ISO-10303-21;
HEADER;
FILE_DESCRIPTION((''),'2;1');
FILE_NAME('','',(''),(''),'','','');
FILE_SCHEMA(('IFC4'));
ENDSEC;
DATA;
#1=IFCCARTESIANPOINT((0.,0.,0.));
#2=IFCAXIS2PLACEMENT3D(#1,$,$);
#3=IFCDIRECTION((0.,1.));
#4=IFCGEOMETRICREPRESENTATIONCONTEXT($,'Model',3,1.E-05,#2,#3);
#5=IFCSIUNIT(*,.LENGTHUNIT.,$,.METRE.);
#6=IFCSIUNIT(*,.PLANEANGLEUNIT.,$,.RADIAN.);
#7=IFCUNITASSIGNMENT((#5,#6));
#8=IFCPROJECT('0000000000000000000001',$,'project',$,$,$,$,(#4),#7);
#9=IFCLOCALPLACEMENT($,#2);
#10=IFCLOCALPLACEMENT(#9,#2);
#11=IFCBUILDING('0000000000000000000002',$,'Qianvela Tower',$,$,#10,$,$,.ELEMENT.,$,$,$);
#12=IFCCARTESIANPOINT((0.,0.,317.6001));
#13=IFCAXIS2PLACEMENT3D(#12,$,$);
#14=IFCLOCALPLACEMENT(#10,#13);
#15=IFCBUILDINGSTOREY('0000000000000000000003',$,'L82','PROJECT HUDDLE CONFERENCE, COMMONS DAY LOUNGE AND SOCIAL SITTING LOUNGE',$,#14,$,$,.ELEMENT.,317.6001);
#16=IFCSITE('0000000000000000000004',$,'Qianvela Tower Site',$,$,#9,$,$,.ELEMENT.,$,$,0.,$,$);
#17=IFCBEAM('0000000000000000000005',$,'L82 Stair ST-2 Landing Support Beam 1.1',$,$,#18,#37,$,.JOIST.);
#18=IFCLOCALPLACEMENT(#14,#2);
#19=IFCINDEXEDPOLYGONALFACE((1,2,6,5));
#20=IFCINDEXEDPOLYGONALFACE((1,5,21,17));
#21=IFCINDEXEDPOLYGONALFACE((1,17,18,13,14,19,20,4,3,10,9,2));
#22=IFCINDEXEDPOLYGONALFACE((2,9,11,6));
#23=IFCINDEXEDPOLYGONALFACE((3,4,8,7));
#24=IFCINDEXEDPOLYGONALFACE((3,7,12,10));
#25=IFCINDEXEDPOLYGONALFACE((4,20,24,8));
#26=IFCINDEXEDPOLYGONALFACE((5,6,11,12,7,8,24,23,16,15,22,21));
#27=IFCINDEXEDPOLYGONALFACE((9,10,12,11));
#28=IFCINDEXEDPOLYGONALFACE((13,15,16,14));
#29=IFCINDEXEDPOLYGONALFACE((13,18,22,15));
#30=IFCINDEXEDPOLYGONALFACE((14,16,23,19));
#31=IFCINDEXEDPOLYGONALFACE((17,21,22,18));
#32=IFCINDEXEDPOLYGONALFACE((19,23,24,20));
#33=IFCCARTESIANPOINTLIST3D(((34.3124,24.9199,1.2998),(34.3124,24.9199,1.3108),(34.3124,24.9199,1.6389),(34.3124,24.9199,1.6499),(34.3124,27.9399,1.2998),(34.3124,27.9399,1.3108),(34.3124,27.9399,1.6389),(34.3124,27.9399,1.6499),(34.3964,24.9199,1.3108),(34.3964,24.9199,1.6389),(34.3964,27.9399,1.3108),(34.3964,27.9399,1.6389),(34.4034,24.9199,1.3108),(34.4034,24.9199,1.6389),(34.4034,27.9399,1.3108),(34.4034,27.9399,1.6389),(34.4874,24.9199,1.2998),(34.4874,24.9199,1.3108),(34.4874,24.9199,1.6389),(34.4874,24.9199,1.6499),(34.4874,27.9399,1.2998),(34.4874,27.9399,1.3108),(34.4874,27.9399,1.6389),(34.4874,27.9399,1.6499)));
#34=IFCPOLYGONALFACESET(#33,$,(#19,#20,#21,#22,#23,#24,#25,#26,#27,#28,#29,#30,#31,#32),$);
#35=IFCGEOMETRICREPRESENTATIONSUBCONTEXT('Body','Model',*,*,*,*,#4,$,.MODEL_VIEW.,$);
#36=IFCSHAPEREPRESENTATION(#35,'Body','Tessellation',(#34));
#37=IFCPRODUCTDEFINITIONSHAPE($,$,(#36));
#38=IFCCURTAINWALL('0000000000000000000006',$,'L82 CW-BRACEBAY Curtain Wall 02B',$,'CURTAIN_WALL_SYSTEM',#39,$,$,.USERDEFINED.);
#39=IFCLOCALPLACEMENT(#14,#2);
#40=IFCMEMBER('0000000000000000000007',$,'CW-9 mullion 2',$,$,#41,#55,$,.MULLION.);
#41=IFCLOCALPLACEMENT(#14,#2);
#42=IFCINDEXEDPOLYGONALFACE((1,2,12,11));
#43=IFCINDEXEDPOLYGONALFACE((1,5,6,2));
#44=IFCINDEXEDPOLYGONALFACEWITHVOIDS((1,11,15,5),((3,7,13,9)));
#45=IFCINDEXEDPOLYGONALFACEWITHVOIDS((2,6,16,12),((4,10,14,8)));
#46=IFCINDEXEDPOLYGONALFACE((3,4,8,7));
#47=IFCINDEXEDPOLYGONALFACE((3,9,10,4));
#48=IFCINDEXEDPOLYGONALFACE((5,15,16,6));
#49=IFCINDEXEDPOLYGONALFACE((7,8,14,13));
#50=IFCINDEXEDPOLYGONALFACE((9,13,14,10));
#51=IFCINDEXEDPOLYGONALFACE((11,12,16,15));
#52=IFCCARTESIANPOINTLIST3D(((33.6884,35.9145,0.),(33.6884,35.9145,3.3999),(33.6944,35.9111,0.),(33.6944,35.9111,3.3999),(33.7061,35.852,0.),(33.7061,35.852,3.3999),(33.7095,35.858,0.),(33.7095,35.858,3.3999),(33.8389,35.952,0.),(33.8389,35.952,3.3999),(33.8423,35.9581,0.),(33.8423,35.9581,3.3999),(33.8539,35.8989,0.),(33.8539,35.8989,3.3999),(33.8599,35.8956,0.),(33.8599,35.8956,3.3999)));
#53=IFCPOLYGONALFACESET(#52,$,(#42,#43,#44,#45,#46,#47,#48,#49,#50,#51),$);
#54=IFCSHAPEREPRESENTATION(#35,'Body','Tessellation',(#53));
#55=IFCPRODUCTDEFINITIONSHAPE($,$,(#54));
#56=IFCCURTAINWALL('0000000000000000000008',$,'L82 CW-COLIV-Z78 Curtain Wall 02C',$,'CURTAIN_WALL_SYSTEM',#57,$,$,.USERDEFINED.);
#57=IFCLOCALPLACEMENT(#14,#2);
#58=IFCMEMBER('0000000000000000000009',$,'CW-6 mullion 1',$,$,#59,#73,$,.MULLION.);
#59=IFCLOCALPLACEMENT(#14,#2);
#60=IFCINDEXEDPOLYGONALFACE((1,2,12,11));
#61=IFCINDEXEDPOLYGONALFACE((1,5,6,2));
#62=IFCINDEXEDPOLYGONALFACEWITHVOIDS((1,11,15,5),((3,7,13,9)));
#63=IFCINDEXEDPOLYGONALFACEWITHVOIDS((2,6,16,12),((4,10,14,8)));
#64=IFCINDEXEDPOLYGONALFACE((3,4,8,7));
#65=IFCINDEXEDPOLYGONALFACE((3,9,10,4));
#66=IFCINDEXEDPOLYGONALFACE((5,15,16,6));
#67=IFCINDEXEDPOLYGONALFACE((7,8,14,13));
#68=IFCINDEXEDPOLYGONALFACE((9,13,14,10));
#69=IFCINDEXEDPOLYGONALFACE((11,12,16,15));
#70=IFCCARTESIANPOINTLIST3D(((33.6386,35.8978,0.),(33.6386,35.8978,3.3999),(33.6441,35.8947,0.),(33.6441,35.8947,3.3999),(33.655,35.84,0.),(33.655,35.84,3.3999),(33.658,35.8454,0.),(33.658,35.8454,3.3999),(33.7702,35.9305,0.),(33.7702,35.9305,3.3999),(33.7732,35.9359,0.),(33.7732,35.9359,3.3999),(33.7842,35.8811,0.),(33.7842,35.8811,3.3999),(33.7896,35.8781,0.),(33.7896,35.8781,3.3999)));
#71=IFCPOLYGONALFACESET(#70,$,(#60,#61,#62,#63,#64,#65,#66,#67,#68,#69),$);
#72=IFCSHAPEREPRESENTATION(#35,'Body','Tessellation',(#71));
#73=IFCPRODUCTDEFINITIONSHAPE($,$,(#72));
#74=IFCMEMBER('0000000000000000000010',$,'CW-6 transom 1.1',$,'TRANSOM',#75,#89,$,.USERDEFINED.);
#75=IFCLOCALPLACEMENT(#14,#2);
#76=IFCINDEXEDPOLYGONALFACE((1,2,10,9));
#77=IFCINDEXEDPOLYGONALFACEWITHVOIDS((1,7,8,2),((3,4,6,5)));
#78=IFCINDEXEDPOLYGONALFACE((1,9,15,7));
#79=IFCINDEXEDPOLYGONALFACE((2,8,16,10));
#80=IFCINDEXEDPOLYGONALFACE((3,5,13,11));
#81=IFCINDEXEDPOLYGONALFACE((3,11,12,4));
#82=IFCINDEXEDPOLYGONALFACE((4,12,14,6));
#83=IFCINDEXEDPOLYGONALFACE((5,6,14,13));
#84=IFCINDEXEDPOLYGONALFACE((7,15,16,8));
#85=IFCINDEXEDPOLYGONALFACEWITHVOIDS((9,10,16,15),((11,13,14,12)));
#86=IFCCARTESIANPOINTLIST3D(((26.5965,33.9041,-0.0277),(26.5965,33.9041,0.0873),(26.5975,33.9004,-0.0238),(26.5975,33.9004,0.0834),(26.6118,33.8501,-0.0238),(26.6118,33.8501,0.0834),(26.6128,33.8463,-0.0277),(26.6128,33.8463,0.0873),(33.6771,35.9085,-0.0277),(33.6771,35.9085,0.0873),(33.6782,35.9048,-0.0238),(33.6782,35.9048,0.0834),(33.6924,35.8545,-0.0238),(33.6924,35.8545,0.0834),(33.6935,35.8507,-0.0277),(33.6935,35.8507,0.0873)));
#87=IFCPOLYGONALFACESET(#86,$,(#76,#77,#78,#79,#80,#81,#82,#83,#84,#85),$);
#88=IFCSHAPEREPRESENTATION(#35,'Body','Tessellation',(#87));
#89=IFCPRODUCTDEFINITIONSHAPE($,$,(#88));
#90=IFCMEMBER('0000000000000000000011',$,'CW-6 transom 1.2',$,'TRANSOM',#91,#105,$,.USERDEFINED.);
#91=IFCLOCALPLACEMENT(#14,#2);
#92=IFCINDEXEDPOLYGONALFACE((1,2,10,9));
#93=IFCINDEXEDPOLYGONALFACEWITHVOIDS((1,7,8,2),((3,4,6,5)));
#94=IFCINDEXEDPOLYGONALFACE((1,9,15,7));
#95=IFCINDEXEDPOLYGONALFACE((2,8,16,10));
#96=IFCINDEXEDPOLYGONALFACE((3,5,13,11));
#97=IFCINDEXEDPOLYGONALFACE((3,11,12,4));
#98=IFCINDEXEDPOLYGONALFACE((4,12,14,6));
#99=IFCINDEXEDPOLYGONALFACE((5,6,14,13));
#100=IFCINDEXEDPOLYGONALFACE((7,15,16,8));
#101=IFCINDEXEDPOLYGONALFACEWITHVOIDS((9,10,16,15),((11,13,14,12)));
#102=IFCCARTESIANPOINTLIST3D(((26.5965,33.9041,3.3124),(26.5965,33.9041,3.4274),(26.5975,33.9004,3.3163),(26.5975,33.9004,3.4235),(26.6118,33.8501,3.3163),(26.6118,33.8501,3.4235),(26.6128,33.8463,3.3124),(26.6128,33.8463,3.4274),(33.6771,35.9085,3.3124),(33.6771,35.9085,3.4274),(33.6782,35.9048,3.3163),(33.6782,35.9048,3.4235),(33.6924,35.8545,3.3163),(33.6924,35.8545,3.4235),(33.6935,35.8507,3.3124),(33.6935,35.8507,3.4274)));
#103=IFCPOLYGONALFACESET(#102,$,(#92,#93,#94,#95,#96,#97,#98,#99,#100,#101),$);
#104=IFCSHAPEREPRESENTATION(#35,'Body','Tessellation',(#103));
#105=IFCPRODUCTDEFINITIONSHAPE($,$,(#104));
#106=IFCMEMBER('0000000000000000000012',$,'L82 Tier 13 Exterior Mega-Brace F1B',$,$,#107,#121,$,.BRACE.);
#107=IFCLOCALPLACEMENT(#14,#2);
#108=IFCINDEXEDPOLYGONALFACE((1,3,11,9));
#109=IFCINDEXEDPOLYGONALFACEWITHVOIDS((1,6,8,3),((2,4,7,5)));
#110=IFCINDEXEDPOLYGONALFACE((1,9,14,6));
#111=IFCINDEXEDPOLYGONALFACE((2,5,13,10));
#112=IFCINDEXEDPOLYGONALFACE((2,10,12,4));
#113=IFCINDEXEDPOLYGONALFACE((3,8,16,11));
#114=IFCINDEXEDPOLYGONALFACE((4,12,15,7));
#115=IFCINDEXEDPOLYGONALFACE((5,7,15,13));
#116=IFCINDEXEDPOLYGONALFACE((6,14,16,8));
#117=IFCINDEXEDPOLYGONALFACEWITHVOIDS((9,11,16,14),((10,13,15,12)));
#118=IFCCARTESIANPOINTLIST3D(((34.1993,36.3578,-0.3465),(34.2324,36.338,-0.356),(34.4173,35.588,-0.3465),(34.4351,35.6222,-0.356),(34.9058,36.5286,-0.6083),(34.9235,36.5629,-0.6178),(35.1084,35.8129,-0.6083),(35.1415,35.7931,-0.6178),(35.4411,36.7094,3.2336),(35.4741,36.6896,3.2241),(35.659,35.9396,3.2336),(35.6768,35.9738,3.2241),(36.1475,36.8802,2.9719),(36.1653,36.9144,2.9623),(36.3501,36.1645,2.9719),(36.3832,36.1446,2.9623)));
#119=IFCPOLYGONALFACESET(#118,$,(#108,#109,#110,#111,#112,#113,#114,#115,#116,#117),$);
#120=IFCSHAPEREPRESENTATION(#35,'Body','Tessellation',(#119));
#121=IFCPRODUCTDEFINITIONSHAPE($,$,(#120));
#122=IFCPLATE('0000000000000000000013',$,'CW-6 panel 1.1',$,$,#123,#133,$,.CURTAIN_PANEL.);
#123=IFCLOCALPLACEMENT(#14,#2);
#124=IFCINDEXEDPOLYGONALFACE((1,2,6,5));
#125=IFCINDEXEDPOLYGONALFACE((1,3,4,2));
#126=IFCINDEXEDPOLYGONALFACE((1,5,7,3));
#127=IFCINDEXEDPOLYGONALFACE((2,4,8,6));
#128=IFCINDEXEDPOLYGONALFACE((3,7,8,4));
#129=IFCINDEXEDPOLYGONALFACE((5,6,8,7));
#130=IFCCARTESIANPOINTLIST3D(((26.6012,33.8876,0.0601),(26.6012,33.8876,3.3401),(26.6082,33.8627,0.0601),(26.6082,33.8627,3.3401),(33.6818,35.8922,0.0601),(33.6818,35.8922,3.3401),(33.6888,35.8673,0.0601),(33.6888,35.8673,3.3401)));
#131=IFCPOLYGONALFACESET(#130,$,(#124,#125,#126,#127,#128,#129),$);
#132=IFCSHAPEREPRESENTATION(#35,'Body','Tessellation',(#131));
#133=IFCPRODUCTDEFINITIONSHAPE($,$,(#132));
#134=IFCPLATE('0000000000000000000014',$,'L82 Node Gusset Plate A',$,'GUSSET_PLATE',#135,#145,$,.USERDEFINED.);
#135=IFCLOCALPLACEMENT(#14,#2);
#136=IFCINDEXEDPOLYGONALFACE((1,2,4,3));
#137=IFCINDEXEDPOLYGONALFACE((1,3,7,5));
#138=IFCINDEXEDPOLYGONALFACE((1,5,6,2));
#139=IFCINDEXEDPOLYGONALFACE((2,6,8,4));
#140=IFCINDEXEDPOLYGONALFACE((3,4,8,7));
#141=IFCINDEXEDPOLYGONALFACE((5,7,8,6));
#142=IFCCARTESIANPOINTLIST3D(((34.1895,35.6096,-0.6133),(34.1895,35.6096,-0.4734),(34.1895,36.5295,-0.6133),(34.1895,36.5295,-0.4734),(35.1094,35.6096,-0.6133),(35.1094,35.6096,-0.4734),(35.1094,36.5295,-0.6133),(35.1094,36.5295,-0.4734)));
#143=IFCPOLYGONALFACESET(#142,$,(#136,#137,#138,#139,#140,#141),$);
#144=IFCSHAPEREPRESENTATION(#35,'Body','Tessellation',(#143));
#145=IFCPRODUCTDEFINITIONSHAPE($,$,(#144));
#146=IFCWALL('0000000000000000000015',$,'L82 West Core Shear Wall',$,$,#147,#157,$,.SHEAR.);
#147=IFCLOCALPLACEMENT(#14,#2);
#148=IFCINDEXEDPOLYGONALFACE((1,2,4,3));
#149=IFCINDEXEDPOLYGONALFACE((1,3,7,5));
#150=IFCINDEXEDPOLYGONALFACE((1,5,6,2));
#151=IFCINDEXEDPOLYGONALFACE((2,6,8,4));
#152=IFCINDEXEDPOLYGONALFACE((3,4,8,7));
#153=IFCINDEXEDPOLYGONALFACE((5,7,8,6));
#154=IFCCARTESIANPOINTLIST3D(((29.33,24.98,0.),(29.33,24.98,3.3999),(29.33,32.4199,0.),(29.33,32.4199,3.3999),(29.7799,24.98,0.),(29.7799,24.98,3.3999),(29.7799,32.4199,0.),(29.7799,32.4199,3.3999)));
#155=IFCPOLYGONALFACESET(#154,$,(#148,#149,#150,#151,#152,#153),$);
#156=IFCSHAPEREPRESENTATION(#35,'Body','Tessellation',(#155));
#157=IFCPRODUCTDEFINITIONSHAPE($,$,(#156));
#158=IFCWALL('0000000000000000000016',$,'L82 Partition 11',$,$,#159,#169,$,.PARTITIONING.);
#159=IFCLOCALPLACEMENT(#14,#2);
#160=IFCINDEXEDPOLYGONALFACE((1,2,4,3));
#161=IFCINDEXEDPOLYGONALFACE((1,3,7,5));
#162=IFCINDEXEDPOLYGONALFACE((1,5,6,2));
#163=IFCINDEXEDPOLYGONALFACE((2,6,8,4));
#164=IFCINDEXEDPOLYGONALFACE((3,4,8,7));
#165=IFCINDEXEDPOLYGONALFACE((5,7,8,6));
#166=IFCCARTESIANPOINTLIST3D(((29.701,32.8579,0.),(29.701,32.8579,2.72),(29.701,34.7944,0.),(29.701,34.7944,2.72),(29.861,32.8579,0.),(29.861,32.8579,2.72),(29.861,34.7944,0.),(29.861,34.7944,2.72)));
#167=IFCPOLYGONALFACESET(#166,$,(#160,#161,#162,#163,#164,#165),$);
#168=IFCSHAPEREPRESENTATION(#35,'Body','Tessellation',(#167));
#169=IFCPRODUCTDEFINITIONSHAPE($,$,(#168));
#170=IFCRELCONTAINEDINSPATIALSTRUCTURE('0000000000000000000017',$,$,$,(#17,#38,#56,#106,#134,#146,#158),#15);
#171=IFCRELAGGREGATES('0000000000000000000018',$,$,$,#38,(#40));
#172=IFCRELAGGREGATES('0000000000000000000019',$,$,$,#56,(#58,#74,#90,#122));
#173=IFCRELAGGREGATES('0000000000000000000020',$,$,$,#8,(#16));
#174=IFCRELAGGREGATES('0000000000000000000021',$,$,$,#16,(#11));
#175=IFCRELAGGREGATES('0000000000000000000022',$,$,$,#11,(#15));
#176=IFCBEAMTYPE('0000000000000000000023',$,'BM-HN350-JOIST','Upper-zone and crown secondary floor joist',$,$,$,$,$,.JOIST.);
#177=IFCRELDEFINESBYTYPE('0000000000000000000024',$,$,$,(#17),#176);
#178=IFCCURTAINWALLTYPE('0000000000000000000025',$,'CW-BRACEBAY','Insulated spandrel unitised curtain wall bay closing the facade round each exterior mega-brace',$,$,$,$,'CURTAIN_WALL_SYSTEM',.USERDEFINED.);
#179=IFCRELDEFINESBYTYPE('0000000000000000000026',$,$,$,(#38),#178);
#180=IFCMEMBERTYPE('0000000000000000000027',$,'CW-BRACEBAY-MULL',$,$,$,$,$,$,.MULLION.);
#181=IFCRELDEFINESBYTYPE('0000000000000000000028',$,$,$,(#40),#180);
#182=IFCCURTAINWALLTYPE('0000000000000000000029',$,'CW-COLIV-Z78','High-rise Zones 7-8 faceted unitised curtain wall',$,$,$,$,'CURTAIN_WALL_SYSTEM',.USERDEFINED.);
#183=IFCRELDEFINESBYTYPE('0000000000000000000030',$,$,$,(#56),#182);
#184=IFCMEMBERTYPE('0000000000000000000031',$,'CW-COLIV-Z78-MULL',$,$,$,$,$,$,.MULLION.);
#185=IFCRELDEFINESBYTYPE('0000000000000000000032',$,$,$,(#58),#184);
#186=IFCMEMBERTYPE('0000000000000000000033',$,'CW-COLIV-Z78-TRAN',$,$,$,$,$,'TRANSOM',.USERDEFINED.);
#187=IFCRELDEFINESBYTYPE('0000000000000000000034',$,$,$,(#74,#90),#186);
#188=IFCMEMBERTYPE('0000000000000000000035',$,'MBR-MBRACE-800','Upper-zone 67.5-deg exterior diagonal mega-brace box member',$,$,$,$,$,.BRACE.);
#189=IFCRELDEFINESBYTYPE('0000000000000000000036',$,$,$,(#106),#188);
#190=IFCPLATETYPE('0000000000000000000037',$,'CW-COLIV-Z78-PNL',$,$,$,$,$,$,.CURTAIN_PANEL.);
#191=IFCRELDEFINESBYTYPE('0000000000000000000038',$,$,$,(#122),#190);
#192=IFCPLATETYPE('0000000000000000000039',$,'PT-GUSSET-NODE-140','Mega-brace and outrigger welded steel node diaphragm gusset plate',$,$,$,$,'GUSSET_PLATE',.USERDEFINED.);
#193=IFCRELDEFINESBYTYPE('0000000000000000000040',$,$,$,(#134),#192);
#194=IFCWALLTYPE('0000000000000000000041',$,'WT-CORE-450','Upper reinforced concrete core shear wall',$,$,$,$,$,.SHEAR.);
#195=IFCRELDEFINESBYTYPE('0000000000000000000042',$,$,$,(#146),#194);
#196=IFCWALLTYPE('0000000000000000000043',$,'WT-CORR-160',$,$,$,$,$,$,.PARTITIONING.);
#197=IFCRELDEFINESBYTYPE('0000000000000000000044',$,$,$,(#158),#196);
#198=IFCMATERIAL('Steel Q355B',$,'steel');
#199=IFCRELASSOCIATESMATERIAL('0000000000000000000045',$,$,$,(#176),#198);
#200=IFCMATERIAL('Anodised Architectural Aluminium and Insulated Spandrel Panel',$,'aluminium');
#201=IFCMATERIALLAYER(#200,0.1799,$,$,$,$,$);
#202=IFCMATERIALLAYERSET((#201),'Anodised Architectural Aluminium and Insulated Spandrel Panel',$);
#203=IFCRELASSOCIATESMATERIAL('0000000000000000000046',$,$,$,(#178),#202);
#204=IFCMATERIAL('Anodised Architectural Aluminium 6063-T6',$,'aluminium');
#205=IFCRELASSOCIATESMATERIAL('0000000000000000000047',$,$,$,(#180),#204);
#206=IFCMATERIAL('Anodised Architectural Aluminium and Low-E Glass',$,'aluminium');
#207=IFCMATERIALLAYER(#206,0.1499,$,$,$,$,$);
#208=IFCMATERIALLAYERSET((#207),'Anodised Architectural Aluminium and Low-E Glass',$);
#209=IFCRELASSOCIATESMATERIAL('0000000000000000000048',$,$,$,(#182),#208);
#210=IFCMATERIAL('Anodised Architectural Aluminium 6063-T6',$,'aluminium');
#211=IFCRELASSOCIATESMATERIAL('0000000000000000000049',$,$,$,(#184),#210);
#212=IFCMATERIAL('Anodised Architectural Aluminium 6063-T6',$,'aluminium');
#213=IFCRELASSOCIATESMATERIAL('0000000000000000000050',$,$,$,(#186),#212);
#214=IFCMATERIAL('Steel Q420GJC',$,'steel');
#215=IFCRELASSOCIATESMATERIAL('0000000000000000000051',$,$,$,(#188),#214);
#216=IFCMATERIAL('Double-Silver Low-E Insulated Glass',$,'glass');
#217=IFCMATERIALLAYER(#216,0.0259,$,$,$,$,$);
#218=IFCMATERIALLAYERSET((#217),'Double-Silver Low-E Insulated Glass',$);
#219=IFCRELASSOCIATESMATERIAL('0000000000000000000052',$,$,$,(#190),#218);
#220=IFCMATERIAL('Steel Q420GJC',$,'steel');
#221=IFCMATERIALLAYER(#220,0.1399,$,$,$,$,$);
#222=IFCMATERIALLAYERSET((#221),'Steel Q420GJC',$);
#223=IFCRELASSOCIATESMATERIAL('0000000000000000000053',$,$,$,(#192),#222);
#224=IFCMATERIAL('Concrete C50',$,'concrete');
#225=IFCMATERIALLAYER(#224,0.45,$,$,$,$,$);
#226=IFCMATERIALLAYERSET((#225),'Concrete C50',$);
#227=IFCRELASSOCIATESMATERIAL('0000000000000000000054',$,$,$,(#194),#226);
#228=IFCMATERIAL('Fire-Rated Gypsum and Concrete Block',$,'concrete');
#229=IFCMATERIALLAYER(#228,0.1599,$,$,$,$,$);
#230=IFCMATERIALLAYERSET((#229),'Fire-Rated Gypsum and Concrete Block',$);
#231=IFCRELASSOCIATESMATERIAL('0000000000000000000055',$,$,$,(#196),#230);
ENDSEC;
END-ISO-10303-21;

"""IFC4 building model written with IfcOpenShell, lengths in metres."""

from ifc_helpers import new_model, si_unit, direction, frame, frame_2d, origin, origin_2d, place, context, subcontext, project, spatial, rectangle, hollow_rectangle, i_section, extrude, material, layer, layer_set, material_profile, profile_set, type_object, element, aggregate, save


model = new_model("IFC4")

# Units and contexts
model_context = context("Model", 3, precision=1e-05, world=origin(), true_north=direction((0.0, 1.0)))
body_context = subcontext(model_context, "Body", "Model", "MODEL_VIEW")
ifc_project = project(units=[si_unit("LENGTHUNIT", "METRE"), si_unit("PLANEANGLEUNIT", "RADIAN")], contexts=[model_context])

# Site, building, storey
site_placement = place(None, origin())
site = spatial("IfcSite", under=ifc_project, at=site_placement, Name="Qianvela Tower Site", CompositionType="ELEMENT", RefElevation=0.0)
building_placement = place(site_placement, origin())
building = spatial("IfcBuilding", under=site, at=building_placement, Name="Qianvela Tower", CompositionType="ELEMENT")
storey_placement = place(building_placement, frame((0.0, 0.0, 317.6001)))
storey = spatial("IfcBuildingStorey", under=building, at=storey_placement, Name="L82", Description="PROJECT HUDDLE CONFERENCE, COMMONS DAY LOUNGE AND SOCIAL SITTING LOUNGE", CompositionType="ELEMENT", Elevation=317.6001)

# Beam
ifc_material_1 = material(Name="Steel Q355B", Category="steel")
ifc_material_profile_1 = material_profile(ifc_material_1, i_section(OverallWidth=0.175, OverallDepth=0.3501, WebThickness=0.0071, FlangeThickness=0.011, at=origin_2d()), Name="HN350x175x7x11")
ifc_profile_set_1 = profile_set([ifc_material_profile_1], Name="Steel Q355B")
beam_type = type_object("IfcBeamType", Name="BM-HN350-JOIST", Description="Upper-zone and crown secondary floor joist", PredefinedType="JOIST", material=ifc_profile_set_1)
beam_placement = place(storey_placement, frame((34.3999, 24.9199, 1.4749), z_axis=(0.0, 1.0, 0.0), x_axis=(-1.0, 0.0, 0.0)))
element("IfcBeam", 1, at=beam_placement, inside=storey, type_object=beam_type, Name="L82 Stair ST-2 Landing Support Beam 1.1", PredefinedType="JOIST", context=body_context, shape_type="SweptSolid", body=[
    extrude(i_section(OverallWidth=0.175, OverallDepth=0.3501, WebThickness=0.0071, FlangeThickness=0.011, at=origin_2d()), origin(), (0.0, 0.0, 1.0), 3.02),
])

# Curtain wall, member
ifc_material_2 = material(Name="Anodised Architectural Aluminium and Insulated Spandrel Panel", Category="aluminium")
ifc_layer_1 = layer(ifc_material_2, 0.1799)
ifc_layer_set_1 = layer_set([ifc_layer_1], Name="Anodised Architectural Aluminium and Insulated Spandrel Panel")
curtain_wall_type_1 = type_object("IfcCurtainWallType", Name="CW-BRACEBAY", Description="Insulated spandrel unitised curtain wall bay closing the facade round each exterior mega-brace", ElementType="CURTAIN_WALL_SYSTEM", PredefinedType="USERDEFINED", material=ifc_layer_set_1)
curtain_wall_1_placement = place(storey_placement, origin())
curtain_wall_1 = element("IfcCurtainWall", 2, at=curtain_wall_1_placement, inside=storey, type_object=curtain_wall_type_1, Name="L82 CW-BRACEBAY Curtain Wall 02B", ObjectType="CURTAIN_WALL_SYSTEM", PredefinedType="USERDEFINED")
ifc_material_3 = material(Name="Anodised Architectural Aluminium 6063-T6", Category="aluminium")
ifc_material_profile_2 = material_profile(ifc_material_3, hollow_rectangle(XDim=0.0649, YDim=0.1599, WallThickness=0.0049, at=origin_2d()), Name="ALU-MULL-65x160")
ifc_profile_set_2 = profile_set([ifc_material_profile_2], Name="Anodised Architectural Aluminium 6063-T6")
member_type_1 = type_object("IfcMemberType", Name="CW-BRACEBAY-MULL", PredefinedType="MULLION", material=ifc_profile_set_2)
member_1_placement = place(storey_placement, frame((33.7742, 35.905, 0.0), z_axis=(0.0, 0.0, 1.0), x_axis=(0.272391, -0.962187, 0.0)))
member_1 = element("IfcMember", 3, at=member_1_placement, type_object=member_type_1, Name="CW-9 mullion 2", PredefinedType="MULLION", context=body_context, shape_type="SweptSolid", body=[
    extrude(hollow_rectangle(XDim=0.0649, YDim=0.1599, WallThickness=0.0049, at=origin_2d()), origin(), (0.0, 0.0, 1.0), 3.3999),
])
aggregate(curtain_wall_1, [member_1])

# Curtain wall, members
ifc_material_4 = material(Name="Anodised Architectural Aluminium and Low-E Glass", Category="aluminium")
ifc_layer_2 = layer(ifc_material_4, 0.1499)
ifc_layer_set_2 = layer_set([ifc_layer_2], Name="Anodised Architectural Aluminium and Low-E Glass")
curtain_wall_type_2 = type_object("IfcCurtainWallType", Name="CW-COLIV-Z78", Description="High-rise Zones 7-8 faceted unitised curtain wall", ElementType="CURTAIN_WALL_SYSTEM", PredefinedType="USERDEFINED", material=ifc_layer_set_2)
curtain_wall_2_placement = place(storey_placement, origin())
curtain_wall_2 = element("IfcCurtainWall", 4, at=curtain_wall_2_placement, inside=storey, type_object=curtain_wall_type_2, Name="L82 CW-COLIV-Z78 Curtain Wall 02C", ObjectType="CURTAIN_WALL_SYSTEM", PredefinedType="USERDEFINED")
ifc_material_5 = material(Name="Anodised Architectural Aluminium 6063-T6", Category="aluminium")
ifc_material_profile_3 = material_profile(ifc_material_5, hollow_rectangle(XDim=0.0601, YDim=0.1399, WallThickness=0.0044, at=origin_2d()), Name="ALU-MULL-60x140")
ifc_profile_set_3 = profile_set([ifc_material_profile_3], Name="Anodised Architectural Aluminium 6063-T6")
member_type_2 = type_object("IfcMemberType", Name="CW-COLIV-Z78-MULL", PredefinedType="MULLION", material=ifc_profile_set_3)
member_2_placement = place(storey_placement, frame((33.7141, 35.8879, 0.0), z_axis=(0.0, 0.0, 1.0), x_axis=(0.272401, -0.962184, 0.0)))
member_2 = element("IfcMember", 5, at=member_2_placement, type_object=member_type_2, Name="CW-6 mullion 1", PredefinedType="MULLION", context=body_context, shape_type="SweptSolid", body=[
    extrude(hollow_rectangle(XDim=0.0601, YDim=0.1399, WallThickness=0.0044, at=origin_2d()), origin(), (0.0, 0.0, 1.0), 3.3999),
])
ifc_material_6 = material(Name="Anodised Architectural Aluminium 6063-T6", Category="aluminium")
ifc_material_profile_4 = material_profile(ifc_material_6, hollow_rectangle(XDim=0.0601, YDim=0.115, WallThickness=0.0039, at=origin_2d()), Name="ALU-TRAN-60x115")
ifc_profile_set_4 = profile_set([ifc_material_profile_4], Name="Anodised Architectural Aluminium 6063-T6")
member_type_3 = type_object("IfcMemberType", Name="CW-COLIV-Z78-TRAN", ElementType="TRANSOM", PredefinedType="USERDEFINED", material=ifc_profile_set_4)
member_3_placement = place(storey_placement, frame((33.6853, 35.8796, 0.0298), z_axis=(-0.96219, -0.27238, 0.0), x_axis=(0.27238, -0.96219, 0.0)))
member_3 = element("IfcMember", 6, at=member_3_placement, type_object=member_type_3, Name="CW-6 transom 1.1", ObjectType="TRANSOM", PredefinedType="USERDEFINED", context=body_context, shape_type="SweptSolid", body=[
    extrude(hollow_rectangle(XDim=0.0601, YDim=0.115, WallThickness=0.0039, at=origin_2d()), origin(), (0.0, 0.0, 1.0), 7.3589),
])
member_4_placement = place(storey_placement, frame((33.6853, 35.8796, 3.3699), z_axis=(-0.96219, -0.27238, 0.0), x_axis=(0.27238, -0.96219, 0.0)))
member_4 = element("IfcMember", 7, at=member_4_placement, type_object=member_type_3, Name="CW-6 transom 1.2", ObjectType="TRANSOM", PredefinedType="USERDEFINED", context=body_context, shape_type="SweptSolid", body=[
    extrude(hollow_rectangle(XDim=0.0601, YDim=0.115, WallThickness=0.0039, at=origin_2d()), origin(), (0.0, 0.0, 1.0), 7.3589),
])

# Member
ifc_material_7 = material(Name="Steel Q420GJC", Category="steel")
ifc_material_profile_5 = material_profile(ifc_material_7, hollow_rectangle(XDim=0.8, YDim=0.8, WallThickness=0.0281, at=origin_2d()), Name="MBOX-800x800x28")
ifc_profile_set_5 = profile_set([ifc_material_profile_5], Name="Steel Q420GJC")
member_type_4 = type_object("IfcMemberType", Name="MBR-MBRACE-800", Description="Upper-zone 67.5-deg exterior diagonal mega-brace box member", PredefinedType="BRACE", material=ifc_profile_set_5)
member_5_placement = place(storey_placement, frame((34.6704, 36.0754, -0.4822), z_axis=(0.326285, 0.092381, 0.940747), x_axis=(-0.272422, 0.962178, 0.0)))
element("IfcMember", 8, at=member_5_placement, inside=storey, type_object=member_type_4, Name="L82 Tier 13 Exterior Mega-Brace F1B", PredefinedType="BRACE", context=body_context, shape_type="SweptSolid", body=[
    extrude(hollow_rectangle(XDim=0.8, YDim=0.8, WallThickness=0.0281, at=origin_2d()), origin(), (0.0, 0.0, 1.0), 3.8057),
])

# Plates
ifc_material_8 = material(Name="Double-Silver Low-E Insulated Glass", Category="glass")
ifc_layer_3 = layer(ifc_material_8, 0.0259)
ifc_layer_set_3 = layer_set([ifc_layer_3], Name="Double-Silver Low-E Insulated Glass")
plate_type_1 = type_object("IfcPlateType", Name="CW-COLIV-Z78-PNL", PredefinedType="CURTAIN_PANEL", material=ifc_layer_set_3)
plate_1_placement = place(storey_placement, frame((30.145, 34.8774, 0.0601), z_axis=(0.0, 0.0, 1.0), x_axis=(-0.962184, -0.272401, 0.0)))
plate_1 = element("IfcPlate", 9, at=plate_1_placement, type_object=plate_type_1, Name="CW-6 panel 1.1", PredefinedType="CURTAIN_PANEL", context=body_context, shape_type="SweptSolid", body=[
    extrude(rectangle(XDim=7.3589, YDim=0.0259, at=origin_2d()), origin(), (0.0, 0.0, 1.0), 3.28),
])
aggregate(curtain_wall_2, [member_2, member_3, member_4, plate_1])
ifc_material_9 = material(Name="Steel Q420GJC", Category="steel")
ifc_layer_4 = layer(ifc_material_9, 0.1399)
ifc_layer_set_4 = layer_set([ifc_layer_4], Name="Steel Q420GJC")
plate_type_2 = type_object("IfcPlateType", Name="PT-GUSSET-NODE-140", Description="Mega-brace and outrigger welded steel node diaphragm gusset plate", ElementType="GUSSET_PLATE", PredefinedType="USERDEFINED", material=ifc_layer_set_4)
plate_2_placement = place(storey_placement, frame((34.6494, 36.0696, -0.6133), z_axis=(0.0, 0.0, 1.0), x_axis=(1.0, 0.0, 0.0)))
element("IfcPlate", 10, at=plate_2_placement, inside=storey, type_object=plate_type_2, Name="L82 Node Gusset Plate A", ObjectType="GUSSET_PLATE", PredefinedType="USERDEFINED", context=body_context, shape_type="SweptSolid", body=[
    extrude(rectangle(XDim=0.9199, YDim=0.9199, at=origin_2d()), origin(), (0.0, 0.0, 1.0), 0.1399),
])

# Shared definitions
ifc_material_10 = material(Name="Concrete C50", Category="concrete")
ifc_layer_5 = layer(ifc_material_10, 0.45)
ifc_layer_set_5 = layer_set([ifc_layer_5], Name="Concrete C50")
wall_type_1 = type_object("IfcWallType", Name="WT-CORE-450", Description="Upper reinforced concrete core shear wall", PredefinedType="SHEAR", material=ifc_layer_set_5)

# Walls
wall_1_placement = place(storey_placement, frame((29.5549, 24.98, 0.0), z_axis=(0.0, 0.0, 1.0), x_axis=(0.0, 1.0, 0.0)))
element("IfcWall", 11, at=wall_1_placement, inside=storey, type_object=wall_type_1, Name="L82 West Core Shear Wall", PredefinedType="SHEAR", context=body_context, shape_type="SweptSolid", body=[
    extrude(rectangle(XDim=7.4399, YDim=0.45, at=frame_2d((3.72, 0.0))), origin(), (0.0, 0.0, 1.0), 3.3999),
])
ifc_material_11 = material(Name="Fire-Rated Gypsum and Concrete Block", Category="concrete")
ifc_layer_6 = layer(ifc_material_11, 0.1599)
ifc_layer_set_6 = layer_set([ifc_layer_6], Name="Fire-Rated Gypsum and Concrete Block")
wall_type_2 = type_object("IfcWallType", Name="WT-CORR-160", PredefinedType="PARTITIONING", material=ifc_layer_set_6)
wall_2_placement = place(storey_placement, frame((29.781, 32.8579, 0.0), z_axis=(0.0, 0.0, 1.0), x_axis=(0.0, 1.0, 0.0)))
element("IfcWall", 12, at=wall_2_placement, inside=storey, type_object=wall_type_2, Name="L82 Partition 11", PredefinedType="PARTITIONING", context=body_context, shape_type="SweptSolid", body=[
    extrude(rectangle(XDim=1.9365, YDim=0.1599, at=frame_2d((0.9683, 0.0))), origin(), (0.0, 0.0, 1.0), 2.72),
])

save(model, "model.ifc")
